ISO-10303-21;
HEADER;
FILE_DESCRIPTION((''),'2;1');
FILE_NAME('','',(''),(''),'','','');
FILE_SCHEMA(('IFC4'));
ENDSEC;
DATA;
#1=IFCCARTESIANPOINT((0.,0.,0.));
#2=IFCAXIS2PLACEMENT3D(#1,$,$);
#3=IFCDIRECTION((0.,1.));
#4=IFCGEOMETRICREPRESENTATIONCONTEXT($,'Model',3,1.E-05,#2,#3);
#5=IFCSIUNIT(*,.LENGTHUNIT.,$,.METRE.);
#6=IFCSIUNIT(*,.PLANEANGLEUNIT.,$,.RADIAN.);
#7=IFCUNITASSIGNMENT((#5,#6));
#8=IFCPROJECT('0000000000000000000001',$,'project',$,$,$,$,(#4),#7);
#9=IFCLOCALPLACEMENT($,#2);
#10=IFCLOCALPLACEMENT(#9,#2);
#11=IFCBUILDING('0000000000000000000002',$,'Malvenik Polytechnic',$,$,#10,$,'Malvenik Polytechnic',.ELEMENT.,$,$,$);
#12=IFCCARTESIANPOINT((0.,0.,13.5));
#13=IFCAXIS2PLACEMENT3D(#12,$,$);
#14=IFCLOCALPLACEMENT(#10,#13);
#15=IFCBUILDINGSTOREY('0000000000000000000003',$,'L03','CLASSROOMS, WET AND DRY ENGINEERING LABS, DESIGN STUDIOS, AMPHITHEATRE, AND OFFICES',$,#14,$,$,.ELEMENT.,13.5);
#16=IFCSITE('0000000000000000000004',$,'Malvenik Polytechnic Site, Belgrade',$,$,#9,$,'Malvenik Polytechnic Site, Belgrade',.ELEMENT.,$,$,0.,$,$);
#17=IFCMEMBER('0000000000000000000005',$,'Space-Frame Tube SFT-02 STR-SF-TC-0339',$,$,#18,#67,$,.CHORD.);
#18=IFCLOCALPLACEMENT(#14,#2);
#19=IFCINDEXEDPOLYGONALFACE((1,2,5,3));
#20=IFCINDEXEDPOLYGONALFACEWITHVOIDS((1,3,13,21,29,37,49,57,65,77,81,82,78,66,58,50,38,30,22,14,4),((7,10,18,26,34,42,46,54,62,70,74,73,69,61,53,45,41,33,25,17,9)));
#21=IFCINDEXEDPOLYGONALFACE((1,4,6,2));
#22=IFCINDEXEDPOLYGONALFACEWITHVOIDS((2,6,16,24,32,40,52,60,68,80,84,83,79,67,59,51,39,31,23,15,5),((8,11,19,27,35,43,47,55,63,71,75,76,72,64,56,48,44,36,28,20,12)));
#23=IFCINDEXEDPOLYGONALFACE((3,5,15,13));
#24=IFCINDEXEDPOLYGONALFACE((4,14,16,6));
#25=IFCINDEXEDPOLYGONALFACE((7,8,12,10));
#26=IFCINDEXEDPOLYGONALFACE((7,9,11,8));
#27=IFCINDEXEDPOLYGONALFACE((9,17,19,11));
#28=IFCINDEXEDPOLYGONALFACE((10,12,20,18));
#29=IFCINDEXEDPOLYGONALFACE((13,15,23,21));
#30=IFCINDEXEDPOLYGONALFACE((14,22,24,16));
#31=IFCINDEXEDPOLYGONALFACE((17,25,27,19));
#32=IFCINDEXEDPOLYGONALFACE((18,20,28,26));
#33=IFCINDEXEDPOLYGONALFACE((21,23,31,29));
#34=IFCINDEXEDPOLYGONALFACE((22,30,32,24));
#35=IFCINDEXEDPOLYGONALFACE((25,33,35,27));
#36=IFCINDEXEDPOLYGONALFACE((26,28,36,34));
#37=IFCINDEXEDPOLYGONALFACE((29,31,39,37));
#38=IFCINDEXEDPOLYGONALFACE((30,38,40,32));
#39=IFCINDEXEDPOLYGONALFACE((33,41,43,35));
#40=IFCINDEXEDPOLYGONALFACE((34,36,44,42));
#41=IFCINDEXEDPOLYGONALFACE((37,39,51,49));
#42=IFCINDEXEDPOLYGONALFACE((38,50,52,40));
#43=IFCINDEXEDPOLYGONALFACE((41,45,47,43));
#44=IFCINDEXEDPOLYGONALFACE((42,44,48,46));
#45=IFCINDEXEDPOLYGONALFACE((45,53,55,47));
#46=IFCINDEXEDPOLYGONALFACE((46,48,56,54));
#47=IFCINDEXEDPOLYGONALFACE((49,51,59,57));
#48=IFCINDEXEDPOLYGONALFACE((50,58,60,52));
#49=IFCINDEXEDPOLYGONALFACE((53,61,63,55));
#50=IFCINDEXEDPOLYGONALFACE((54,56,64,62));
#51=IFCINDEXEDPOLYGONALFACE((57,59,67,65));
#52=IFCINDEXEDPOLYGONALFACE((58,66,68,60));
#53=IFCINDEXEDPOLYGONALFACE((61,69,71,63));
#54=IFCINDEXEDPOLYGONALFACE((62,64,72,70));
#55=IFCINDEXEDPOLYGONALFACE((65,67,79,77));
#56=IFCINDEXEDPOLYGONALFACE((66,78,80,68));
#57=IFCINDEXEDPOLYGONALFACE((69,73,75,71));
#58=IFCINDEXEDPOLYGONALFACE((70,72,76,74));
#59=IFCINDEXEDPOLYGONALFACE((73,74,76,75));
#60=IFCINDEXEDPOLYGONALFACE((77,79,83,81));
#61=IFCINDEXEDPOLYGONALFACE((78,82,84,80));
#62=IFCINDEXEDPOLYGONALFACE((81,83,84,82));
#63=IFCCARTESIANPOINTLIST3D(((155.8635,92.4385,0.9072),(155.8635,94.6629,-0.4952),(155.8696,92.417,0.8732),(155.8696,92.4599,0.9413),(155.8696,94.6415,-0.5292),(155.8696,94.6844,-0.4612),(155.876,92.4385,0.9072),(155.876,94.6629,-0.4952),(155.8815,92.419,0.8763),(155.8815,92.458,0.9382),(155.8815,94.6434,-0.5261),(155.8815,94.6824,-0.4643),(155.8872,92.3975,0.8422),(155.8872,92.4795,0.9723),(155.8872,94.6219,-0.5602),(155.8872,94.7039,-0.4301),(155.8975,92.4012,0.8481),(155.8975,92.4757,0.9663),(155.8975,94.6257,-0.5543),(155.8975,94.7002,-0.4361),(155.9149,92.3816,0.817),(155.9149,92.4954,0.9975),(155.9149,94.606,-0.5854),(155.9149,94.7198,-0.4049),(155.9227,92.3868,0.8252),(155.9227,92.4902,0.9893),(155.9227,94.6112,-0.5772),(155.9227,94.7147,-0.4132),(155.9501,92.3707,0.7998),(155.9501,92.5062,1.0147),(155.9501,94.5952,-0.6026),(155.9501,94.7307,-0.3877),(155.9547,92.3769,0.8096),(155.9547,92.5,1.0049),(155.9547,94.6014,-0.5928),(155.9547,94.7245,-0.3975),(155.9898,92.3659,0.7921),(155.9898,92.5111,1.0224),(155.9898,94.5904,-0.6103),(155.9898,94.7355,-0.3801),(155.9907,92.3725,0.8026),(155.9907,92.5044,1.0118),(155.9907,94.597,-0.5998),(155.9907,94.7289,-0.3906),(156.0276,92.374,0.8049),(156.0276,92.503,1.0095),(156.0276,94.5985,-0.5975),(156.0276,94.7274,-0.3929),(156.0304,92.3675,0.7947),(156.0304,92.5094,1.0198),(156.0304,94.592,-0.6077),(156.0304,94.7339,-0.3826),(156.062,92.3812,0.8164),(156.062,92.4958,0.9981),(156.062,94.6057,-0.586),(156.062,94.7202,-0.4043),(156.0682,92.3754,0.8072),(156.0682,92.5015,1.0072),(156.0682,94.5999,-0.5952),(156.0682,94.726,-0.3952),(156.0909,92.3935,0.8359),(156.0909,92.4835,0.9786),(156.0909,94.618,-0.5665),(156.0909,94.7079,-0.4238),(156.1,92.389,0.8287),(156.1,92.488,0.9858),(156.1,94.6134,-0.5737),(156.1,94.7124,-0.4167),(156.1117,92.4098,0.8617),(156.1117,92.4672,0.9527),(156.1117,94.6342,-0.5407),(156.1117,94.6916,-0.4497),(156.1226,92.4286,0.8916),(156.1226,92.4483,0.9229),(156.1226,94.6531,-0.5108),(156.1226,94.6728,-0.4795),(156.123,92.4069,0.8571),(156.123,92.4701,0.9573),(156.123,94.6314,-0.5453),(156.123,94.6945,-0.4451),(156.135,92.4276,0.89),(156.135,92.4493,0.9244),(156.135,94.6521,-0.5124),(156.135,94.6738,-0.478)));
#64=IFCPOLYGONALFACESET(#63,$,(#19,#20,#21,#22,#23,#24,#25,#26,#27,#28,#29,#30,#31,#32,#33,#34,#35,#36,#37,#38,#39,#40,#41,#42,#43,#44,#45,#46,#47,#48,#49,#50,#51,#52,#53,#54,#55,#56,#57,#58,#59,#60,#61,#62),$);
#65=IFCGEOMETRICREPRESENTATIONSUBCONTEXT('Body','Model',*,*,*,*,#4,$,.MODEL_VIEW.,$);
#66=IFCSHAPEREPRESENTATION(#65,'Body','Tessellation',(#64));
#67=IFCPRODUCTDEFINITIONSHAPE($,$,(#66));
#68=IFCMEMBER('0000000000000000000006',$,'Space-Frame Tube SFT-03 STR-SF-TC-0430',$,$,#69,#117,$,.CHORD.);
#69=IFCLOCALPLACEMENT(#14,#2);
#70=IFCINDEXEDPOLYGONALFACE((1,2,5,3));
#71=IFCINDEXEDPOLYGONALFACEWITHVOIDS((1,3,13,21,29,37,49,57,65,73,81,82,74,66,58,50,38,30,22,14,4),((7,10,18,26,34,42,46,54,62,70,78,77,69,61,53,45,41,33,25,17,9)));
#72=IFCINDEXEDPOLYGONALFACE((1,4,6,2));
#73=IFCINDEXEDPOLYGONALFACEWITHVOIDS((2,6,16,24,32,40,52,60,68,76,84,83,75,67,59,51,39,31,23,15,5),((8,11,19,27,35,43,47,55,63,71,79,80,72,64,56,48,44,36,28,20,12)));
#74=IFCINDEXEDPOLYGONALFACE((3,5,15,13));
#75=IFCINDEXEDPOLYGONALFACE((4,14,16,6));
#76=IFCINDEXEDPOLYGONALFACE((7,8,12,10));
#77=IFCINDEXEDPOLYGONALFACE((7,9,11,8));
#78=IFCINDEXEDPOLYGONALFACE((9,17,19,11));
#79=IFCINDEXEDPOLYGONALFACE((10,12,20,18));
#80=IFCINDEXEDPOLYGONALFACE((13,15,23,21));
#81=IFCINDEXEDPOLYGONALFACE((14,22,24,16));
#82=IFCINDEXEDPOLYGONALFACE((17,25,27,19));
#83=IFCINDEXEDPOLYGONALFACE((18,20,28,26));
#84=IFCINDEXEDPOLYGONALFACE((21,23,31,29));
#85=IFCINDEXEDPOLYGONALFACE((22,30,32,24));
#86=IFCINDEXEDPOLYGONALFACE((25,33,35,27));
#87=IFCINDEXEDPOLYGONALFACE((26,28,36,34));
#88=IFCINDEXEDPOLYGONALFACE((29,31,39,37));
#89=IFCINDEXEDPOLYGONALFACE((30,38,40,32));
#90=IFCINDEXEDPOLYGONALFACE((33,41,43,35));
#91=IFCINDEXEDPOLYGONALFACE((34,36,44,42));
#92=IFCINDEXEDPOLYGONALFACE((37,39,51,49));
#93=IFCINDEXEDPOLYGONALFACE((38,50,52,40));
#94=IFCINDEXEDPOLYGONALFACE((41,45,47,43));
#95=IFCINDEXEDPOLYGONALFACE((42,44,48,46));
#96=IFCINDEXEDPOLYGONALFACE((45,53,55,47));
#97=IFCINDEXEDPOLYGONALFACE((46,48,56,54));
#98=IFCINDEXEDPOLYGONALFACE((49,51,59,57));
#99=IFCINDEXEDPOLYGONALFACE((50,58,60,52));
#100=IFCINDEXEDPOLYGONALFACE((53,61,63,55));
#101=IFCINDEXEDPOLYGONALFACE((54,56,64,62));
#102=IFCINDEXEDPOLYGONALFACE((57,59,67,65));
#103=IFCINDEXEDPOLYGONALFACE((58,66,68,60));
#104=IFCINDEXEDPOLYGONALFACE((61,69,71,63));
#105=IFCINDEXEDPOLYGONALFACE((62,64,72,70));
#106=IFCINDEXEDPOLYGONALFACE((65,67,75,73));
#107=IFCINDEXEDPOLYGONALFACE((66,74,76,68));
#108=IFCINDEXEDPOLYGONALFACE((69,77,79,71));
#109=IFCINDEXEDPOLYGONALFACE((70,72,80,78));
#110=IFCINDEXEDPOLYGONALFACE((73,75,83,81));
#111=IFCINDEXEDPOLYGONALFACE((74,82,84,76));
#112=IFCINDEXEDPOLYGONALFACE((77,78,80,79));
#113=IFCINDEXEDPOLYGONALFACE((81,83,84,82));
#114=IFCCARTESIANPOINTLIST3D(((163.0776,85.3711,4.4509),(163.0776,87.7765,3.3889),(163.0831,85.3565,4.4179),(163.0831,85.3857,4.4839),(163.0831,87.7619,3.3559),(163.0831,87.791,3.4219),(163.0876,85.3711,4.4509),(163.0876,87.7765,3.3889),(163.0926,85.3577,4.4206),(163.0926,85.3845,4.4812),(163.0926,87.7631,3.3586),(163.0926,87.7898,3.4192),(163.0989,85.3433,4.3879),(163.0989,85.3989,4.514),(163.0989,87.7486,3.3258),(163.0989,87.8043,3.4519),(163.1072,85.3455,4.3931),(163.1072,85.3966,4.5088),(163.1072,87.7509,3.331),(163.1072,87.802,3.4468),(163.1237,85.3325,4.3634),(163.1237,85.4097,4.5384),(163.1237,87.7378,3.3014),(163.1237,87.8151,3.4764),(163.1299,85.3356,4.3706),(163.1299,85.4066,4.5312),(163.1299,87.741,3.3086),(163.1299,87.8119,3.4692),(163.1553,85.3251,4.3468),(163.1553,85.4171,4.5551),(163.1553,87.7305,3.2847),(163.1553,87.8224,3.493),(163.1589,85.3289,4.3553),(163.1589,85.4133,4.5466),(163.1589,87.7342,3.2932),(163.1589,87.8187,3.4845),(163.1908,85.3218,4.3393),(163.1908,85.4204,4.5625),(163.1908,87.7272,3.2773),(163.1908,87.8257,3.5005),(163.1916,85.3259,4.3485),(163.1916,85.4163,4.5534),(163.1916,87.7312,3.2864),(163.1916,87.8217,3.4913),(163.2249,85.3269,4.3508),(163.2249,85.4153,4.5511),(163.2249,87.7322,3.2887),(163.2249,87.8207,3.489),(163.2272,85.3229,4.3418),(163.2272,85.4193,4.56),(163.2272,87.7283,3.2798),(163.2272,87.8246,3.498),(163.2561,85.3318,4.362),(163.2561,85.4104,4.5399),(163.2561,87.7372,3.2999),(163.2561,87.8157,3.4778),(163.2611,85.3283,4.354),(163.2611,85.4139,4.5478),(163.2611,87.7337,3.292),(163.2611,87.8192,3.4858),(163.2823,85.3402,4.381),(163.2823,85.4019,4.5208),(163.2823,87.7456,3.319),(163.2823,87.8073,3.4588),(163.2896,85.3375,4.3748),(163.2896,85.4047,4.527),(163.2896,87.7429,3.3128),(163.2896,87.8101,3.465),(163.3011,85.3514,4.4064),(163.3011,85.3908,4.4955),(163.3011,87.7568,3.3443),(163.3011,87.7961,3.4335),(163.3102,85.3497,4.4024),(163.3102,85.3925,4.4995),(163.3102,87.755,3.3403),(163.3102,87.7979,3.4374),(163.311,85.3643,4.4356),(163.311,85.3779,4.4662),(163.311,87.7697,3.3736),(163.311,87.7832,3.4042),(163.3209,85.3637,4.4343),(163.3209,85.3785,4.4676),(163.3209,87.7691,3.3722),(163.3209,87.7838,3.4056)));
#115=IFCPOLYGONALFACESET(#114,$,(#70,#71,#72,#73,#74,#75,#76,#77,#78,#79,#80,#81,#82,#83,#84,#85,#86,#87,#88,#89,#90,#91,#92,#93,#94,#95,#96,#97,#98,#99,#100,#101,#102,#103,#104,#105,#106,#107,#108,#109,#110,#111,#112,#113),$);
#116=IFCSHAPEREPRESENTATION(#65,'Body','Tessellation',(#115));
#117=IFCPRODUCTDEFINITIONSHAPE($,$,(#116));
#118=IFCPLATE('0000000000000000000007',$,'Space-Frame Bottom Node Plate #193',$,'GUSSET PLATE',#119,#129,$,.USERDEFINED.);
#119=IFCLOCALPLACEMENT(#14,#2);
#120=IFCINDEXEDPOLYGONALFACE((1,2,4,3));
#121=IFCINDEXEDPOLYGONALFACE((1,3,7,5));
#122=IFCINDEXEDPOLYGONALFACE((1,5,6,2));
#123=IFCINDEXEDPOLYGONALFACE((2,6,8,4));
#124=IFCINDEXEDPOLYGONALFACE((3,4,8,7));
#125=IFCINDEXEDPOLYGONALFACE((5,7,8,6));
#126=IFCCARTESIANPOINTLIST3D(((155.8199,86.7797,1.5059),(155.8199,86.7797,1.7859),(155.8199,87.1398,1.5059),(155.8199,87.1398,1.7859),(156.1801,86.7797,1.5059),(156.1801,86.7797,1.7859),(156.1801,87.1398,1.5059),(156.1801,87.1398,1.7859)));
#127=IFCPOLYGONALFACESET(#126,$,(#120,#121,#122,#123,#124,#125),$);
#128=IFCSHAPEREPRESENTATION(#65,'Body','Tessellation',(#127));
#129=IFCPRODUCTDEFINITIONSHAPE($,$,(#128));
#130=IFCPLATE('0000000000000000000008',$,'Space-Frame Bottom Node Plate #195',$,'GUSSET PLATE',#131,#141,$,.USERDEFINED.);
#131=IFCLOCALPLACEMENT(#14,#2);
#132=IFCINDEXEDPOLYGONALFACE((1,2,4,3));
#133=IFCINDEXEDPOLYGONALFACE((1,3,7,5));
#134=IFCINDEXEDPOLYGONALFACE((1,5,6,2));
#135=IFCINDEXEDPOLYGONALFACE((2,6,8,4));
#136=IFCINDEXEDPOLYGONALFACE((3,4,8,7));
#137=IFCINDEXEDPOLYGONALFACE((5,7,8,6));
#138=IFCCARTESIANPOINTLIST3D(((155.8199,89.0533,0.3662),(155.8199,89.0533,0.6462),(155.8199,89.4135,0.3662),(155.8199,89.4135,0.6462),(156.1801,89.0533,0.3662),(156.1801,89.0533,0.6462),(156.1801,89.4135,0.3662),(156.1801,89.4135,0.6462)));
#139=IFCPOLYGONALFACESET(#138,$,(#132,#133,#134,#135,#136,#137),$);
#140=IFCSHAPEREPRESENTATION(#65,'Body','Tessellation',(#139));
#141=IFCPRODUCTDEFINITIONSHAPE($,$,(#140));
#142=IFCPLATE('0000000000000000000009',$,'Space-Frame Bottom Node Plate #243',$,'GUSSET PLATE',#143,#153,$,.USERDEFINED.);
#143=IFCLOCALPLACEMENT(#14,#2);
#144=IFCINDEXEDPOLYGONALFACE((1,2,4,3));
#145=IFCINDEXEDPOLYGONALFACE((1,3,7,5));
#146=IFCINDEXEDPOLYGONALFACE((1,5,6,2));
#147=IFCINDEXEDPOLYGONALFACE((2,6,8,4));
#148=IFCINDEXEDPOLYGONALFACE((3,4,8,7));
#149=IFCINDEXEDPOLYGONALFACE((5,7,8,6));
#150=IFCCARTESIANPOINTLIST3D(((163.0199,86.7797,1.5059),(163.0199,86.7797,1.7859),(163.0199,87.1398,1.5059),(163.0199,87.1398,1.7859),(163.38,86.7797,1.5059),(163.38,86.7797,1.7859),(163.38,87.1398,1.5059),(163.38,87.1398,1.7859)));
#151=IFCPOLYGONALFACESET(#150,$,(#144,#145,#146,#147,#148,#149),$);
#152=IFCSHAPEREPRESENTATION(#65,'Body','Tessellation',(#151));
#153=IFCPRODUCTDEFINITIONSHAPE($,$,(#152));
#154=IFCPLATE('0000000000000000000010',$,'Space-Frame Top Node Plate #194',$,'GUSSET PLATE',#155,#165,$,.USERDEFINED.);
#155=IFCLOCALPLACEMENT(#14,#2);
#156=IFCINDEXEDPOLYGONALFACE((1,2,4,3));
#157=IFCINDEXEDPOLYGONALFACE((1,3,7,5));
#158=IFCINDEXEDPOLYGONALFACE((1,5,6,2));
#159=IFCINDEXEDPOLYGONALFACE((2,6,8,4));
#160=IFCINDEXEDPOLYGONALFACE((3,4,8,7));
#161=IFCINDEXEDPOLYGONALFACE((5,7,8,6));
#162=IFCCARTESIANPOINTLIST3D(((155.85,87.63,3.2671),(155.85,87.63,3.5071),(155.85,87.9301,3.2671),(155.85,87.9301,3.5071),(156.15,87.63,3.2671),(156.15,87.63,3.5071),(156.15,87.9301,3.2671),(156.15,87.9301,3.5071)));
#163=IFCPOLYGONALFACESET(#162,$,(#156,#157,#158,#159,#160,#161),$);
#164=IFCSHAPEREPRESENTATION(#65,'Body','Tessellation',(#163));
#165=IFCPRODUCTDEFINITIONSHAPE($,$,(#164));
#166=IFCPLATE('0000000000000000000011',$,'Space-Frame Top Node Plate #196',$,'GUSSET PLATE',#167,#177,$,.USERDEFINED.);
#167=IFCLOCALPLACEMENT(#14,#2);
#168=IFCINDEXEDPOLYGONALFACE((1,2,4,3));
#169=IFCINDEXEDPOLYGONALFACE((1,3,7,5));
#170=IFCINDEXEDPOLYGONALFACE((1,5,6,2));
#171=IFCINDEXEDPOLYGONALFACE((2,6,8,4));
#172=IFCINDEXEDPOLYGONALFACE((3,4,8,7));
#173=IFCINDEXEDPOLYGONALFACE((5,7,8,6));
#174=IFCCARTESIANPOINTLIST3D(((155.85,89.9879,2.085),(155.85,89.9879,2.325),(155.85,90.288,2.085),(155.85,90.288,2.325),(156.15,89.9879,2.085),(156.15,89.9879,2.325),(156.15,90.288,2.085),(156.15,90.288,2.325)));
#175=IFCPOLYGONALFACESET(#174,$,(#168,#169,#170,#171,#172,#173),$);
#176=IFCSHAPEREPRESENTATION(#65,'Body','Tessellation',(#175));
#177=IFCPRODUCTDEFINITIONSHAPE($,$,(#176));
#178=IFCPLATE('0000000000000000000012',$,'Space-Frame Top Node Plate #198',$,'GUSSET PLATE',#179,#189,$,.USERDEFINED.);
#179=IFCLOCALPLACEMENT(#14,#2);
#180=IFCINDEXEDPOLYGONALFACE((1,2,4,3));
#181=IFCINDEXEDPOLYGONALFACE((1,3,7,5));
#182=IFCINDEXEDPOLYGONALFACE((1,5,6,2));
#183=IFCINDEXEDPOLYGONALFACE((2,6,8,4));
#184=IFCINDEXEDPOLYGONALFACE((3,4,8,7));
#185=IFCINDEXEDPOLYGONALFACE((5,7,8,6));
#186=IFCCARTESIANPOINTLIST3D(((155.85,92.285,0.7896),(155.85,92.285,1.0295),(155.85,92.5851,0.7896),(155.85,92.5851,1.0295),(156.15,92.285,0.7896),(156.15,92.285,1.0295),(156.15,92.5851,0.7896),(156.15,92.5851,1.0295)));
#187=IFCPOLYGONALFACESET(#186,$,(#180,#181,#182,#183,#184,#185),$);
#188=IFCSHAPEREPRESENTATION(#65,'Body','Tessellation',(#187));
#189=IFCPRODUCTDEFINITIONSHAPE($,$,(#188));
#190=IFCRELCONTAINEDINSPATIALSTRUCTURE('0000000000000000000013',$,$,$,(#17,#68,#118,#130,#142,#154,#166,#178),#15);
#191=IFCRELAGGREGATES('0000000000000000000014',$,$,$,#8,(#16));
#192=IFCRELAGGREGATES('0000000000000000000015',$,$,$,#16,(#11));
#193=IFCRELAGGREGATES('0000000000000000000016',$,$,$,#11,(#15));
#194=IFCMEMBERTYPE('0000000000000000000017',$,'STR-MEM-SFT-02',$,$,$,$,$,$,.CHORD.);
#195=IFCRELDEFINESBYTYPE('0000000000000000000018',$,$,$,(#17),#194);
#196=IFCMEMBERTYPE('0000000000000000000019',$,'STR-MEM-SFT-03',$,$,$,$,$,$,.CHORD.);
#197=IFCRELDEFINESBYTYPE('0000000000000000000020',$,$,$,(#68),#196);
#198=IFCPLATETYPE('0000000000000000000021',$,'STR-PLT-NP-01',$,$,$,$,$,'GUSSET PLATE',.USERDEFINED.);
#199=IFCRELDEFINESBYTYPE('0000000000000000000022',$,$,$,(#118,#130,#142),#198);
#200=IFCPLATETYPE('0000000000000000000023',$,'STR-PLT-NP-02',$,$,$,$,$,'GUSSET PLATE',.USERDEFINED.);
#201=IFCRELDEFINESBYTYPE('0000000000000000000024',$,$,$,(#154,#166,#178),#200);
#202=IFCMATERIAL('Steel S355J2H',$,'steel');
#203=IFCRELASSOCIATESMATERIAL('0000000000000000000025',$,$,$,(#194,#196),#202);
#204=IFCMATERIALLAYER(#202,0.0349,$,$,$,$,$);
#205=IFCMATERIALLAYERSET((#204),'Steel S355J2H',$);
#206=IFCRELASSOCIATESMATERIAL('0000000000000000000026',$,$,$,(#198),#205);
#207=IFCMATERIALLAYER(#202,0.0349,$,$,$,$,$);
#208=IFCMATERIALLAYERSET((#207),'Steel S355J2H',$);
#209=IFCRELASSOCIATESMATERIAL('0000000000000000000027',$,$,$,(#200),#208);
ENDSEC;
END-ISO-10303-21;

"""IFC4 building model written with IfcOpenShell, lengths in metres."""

from ifc_helpers import new_model, si_unit, direction, frame, origin, origin_2d, place, context, subcontext, project, spatial, rectangle, hollow_circle, extrude, material, layer, layer_set, material_profile, profile_set, type_object, element, save


model = new_model("IFC4")

# Units and contexts
model_context = context("Model", 3, precision=1e-05, world=origin(), true_north=direction((0.0, 1.0)))
body_context = subcontext(model_context, "Body", "Model", "MODEL_VIEW")
ifc_project = project(units=[si_unit("LENGTHUNIT", "METRE"), si_unit("PLANEANGLEUNIT", "RADIAN")], contexts=[model_context])

# Site, building, storey
site_placement = place(None, origin())
site = spatial("IfcSite", under=ifc_project, at=site_placement, Name="Malvenik Polytechnic Site, Belgrade", LongName="Malvenik Polytechnic Site, Belgrade", CompositionType="ELEMENT", RefElevation=0.0)
building_placement = place(site_placement, origin())
building = spatial("IfcBuilding", under=site, at=building_placement, Name="Malvenik Polytechnic", LongName="Malvenik Polytechnic", CompositionType="ELEMENT")
storey_placement = place(building_placement, frame((0.0, 0.0, 13.5)))
storey = spatial("IfcBuildingStorey", under=building, at=storey_placement, Name="L03", Description="CLASSROOMS, WET AND DRY ENGINEERING LABS, DESIGN STUDIOS, AMPHITHEATRE, AND OFFICES", CompositionType="ELEMENT", Elevation=13.5)

# Members
ifc_material_1 = material(Name="Steel S355J2H", Category="steel")
ifc_material_profile_1 = material_profile(ifc_material_1, hollow_circle(Radius=0.1365, WallThickness=0.0125, at=origin_2d()), Name="CHS 273.0x12.5")
ifc_profile_set_1 = profile_set([ifc_material_profile_1], Name="Steel S355J2H")
member_type_1 = type_object("IfcMemberType", Name="STR-MEM-SFT-02", PredefinedType="CHORD", material=ifc_profile_set_1)
member_1_placement = place(storey_placement, frame((156.0, 92.4385, 0.9072), z_axis=(0.0, 0.845921, -0.533308), x_axis=(-1.0, 0.0, 0.0)))
element("IfcMember", 1, at=member_1_placement, inside=storey, type_object=member_type_1, Name="Space-Frame Tube SFT-02 STR-SF-TC-0339", PredefinedType="CHORD", context=body_context, shape_type="SweptSolid", body=[
    extrude(hollow_circle(Radius=0.1365, WallThickness=0.0125, at=origin_2d()), origin(), (0.0, 0.0, 1.0), 2.6296),
])
ifc_material_profile_2 = material_profile(ifc_material_1, hollow_circle(Radius=0.1223, WallThickness=0.01, at=origin_2d()), Name="CHS 244.5x10.0")
ifc_profile_set_2 = profile_set([ifc_material_profile_2], Name="Steel S355J2H")
member_type_2 = type_object("IfcMemberType", Name="STR-MEM-SFT-03", PredefinedType="CHORD", material=ifc_profile_set_2)
member_2_placement = place(storey_placement, frame((163.2, 85.3711, 4.4509), z_axis=(0.0, 0.914797, -0.403915), x_axis=(-1.0, 0.0, 0.0)))
element("IfcMember", 2, at=member_2_placement, inside=storey, type_object=member_type_2, Name="Space-Frame Tube SFT-03 STR-SF-TC-0430", PredefinedType="CHORD", context=body_context, shape_type="SweptSolid", body=[
    extrude(hollow_circle(Radius=0.1223, WallThickness=0.01, at=origin_2d()), origin(), (0.0, 0.0, 1.0), 2.6294),
])

# Plates
ifc_layer_1 = layer(ifc_material_1, 0.0349)
ifc_layer_set_1 = layer_set([ifc_layer_1], Name="Steel S355J2H")
plate_type_1 = type_object("IfcPlateType", Name="STR-PLT-NP-01", ElementType="GUSSET PLATE", PredefinedType="USERDEFINED", material=ifc_layer_set_1)
for number, where, z_axis, x_axis, name in (
    (3, (156.0, 86.9597, 1.5059), (0.0, 0.0, 1.0), (1.0, 0.0, 0.0), "Space-Frame Bottom Node Plate #193"),
    (4, (156.0, 89.2334, 0.3662), (0.0, 0.0, 1.0), (1.0, 0.0, 0.0), "Space-Frame Bottom Node Plate #195"),
    (5, (163.2, 86.9597, 1.5059), (0.0, 0.0, 1.0), (1.0, 0.0, 0.0), "Space-Frame Bottom Node Plate #243"),
):
    element("IfcPlate", number, at=place(storey_placement, frame(where, z_axis=z_axis, x_axis=x_axis)), inside=storey, type_object=plate_type_1, Name=name, ObjectType="GUSSET PLATE", PredefinedType="USERDEFINED", context=body_context, shape_type="SweptSolid", body=[
        extrude(rectangle(XDim=0.3601, YDim=0.3601, at=origin_2d()), origin(), (0.0, 0.0, 1.0), 0.28),
    ])
ifc_layer_2 = layer(ifc_material_1, 0.0349)
ifc_layer_set_2 = layer_set([ifc_layer_2], Name="Steel S355J2H")
plate_type_2 = type_object("IfcPlateType", Name="STR-PLT-NP-02", ElementType="GUSSET PLATE", PredefinedType="USERDEFINED", material=ifc_layer_set_2)
for number, where, z_axis, x_axis, name in (
    (6, (156.0, 87.78, 3.2671), (0.0, 0.0, 1.0), (1.0, 0.0, 0.0), "Space-Frame Top Node Plate #194"),
    (7, (156.0, 90.1379, 2.085), (0.0, 0.0, 1.0), (1.0, 0.0, 0.0), "Space-Frame Top Node Plate #196"),
    (8, (156.0, 92.4351, 0.7896), (0.0, 0.0, 1.0), (1.0, 0.0, 0.0), "Space-Frame Top Node Plate #198"),
):
    element("IfcPlate", number, at=place(storey_placement, frame(where, z_axis=z_axis, x_axis=x_axis)), inside=storey, type_object=plate_type_2, Name=name, ObjectType="GUSSET PLATE", PredefinedType="USERDEFINED", context=body_context, shape_type="SweptSolid", body=[
        extrude(rectangle(XDim=0.3, YDim=0.3, at=origin_2d()), origin(), (0.0, 0.0, 1.0), 0.24),
    ])

save(model, "model.ifc")
